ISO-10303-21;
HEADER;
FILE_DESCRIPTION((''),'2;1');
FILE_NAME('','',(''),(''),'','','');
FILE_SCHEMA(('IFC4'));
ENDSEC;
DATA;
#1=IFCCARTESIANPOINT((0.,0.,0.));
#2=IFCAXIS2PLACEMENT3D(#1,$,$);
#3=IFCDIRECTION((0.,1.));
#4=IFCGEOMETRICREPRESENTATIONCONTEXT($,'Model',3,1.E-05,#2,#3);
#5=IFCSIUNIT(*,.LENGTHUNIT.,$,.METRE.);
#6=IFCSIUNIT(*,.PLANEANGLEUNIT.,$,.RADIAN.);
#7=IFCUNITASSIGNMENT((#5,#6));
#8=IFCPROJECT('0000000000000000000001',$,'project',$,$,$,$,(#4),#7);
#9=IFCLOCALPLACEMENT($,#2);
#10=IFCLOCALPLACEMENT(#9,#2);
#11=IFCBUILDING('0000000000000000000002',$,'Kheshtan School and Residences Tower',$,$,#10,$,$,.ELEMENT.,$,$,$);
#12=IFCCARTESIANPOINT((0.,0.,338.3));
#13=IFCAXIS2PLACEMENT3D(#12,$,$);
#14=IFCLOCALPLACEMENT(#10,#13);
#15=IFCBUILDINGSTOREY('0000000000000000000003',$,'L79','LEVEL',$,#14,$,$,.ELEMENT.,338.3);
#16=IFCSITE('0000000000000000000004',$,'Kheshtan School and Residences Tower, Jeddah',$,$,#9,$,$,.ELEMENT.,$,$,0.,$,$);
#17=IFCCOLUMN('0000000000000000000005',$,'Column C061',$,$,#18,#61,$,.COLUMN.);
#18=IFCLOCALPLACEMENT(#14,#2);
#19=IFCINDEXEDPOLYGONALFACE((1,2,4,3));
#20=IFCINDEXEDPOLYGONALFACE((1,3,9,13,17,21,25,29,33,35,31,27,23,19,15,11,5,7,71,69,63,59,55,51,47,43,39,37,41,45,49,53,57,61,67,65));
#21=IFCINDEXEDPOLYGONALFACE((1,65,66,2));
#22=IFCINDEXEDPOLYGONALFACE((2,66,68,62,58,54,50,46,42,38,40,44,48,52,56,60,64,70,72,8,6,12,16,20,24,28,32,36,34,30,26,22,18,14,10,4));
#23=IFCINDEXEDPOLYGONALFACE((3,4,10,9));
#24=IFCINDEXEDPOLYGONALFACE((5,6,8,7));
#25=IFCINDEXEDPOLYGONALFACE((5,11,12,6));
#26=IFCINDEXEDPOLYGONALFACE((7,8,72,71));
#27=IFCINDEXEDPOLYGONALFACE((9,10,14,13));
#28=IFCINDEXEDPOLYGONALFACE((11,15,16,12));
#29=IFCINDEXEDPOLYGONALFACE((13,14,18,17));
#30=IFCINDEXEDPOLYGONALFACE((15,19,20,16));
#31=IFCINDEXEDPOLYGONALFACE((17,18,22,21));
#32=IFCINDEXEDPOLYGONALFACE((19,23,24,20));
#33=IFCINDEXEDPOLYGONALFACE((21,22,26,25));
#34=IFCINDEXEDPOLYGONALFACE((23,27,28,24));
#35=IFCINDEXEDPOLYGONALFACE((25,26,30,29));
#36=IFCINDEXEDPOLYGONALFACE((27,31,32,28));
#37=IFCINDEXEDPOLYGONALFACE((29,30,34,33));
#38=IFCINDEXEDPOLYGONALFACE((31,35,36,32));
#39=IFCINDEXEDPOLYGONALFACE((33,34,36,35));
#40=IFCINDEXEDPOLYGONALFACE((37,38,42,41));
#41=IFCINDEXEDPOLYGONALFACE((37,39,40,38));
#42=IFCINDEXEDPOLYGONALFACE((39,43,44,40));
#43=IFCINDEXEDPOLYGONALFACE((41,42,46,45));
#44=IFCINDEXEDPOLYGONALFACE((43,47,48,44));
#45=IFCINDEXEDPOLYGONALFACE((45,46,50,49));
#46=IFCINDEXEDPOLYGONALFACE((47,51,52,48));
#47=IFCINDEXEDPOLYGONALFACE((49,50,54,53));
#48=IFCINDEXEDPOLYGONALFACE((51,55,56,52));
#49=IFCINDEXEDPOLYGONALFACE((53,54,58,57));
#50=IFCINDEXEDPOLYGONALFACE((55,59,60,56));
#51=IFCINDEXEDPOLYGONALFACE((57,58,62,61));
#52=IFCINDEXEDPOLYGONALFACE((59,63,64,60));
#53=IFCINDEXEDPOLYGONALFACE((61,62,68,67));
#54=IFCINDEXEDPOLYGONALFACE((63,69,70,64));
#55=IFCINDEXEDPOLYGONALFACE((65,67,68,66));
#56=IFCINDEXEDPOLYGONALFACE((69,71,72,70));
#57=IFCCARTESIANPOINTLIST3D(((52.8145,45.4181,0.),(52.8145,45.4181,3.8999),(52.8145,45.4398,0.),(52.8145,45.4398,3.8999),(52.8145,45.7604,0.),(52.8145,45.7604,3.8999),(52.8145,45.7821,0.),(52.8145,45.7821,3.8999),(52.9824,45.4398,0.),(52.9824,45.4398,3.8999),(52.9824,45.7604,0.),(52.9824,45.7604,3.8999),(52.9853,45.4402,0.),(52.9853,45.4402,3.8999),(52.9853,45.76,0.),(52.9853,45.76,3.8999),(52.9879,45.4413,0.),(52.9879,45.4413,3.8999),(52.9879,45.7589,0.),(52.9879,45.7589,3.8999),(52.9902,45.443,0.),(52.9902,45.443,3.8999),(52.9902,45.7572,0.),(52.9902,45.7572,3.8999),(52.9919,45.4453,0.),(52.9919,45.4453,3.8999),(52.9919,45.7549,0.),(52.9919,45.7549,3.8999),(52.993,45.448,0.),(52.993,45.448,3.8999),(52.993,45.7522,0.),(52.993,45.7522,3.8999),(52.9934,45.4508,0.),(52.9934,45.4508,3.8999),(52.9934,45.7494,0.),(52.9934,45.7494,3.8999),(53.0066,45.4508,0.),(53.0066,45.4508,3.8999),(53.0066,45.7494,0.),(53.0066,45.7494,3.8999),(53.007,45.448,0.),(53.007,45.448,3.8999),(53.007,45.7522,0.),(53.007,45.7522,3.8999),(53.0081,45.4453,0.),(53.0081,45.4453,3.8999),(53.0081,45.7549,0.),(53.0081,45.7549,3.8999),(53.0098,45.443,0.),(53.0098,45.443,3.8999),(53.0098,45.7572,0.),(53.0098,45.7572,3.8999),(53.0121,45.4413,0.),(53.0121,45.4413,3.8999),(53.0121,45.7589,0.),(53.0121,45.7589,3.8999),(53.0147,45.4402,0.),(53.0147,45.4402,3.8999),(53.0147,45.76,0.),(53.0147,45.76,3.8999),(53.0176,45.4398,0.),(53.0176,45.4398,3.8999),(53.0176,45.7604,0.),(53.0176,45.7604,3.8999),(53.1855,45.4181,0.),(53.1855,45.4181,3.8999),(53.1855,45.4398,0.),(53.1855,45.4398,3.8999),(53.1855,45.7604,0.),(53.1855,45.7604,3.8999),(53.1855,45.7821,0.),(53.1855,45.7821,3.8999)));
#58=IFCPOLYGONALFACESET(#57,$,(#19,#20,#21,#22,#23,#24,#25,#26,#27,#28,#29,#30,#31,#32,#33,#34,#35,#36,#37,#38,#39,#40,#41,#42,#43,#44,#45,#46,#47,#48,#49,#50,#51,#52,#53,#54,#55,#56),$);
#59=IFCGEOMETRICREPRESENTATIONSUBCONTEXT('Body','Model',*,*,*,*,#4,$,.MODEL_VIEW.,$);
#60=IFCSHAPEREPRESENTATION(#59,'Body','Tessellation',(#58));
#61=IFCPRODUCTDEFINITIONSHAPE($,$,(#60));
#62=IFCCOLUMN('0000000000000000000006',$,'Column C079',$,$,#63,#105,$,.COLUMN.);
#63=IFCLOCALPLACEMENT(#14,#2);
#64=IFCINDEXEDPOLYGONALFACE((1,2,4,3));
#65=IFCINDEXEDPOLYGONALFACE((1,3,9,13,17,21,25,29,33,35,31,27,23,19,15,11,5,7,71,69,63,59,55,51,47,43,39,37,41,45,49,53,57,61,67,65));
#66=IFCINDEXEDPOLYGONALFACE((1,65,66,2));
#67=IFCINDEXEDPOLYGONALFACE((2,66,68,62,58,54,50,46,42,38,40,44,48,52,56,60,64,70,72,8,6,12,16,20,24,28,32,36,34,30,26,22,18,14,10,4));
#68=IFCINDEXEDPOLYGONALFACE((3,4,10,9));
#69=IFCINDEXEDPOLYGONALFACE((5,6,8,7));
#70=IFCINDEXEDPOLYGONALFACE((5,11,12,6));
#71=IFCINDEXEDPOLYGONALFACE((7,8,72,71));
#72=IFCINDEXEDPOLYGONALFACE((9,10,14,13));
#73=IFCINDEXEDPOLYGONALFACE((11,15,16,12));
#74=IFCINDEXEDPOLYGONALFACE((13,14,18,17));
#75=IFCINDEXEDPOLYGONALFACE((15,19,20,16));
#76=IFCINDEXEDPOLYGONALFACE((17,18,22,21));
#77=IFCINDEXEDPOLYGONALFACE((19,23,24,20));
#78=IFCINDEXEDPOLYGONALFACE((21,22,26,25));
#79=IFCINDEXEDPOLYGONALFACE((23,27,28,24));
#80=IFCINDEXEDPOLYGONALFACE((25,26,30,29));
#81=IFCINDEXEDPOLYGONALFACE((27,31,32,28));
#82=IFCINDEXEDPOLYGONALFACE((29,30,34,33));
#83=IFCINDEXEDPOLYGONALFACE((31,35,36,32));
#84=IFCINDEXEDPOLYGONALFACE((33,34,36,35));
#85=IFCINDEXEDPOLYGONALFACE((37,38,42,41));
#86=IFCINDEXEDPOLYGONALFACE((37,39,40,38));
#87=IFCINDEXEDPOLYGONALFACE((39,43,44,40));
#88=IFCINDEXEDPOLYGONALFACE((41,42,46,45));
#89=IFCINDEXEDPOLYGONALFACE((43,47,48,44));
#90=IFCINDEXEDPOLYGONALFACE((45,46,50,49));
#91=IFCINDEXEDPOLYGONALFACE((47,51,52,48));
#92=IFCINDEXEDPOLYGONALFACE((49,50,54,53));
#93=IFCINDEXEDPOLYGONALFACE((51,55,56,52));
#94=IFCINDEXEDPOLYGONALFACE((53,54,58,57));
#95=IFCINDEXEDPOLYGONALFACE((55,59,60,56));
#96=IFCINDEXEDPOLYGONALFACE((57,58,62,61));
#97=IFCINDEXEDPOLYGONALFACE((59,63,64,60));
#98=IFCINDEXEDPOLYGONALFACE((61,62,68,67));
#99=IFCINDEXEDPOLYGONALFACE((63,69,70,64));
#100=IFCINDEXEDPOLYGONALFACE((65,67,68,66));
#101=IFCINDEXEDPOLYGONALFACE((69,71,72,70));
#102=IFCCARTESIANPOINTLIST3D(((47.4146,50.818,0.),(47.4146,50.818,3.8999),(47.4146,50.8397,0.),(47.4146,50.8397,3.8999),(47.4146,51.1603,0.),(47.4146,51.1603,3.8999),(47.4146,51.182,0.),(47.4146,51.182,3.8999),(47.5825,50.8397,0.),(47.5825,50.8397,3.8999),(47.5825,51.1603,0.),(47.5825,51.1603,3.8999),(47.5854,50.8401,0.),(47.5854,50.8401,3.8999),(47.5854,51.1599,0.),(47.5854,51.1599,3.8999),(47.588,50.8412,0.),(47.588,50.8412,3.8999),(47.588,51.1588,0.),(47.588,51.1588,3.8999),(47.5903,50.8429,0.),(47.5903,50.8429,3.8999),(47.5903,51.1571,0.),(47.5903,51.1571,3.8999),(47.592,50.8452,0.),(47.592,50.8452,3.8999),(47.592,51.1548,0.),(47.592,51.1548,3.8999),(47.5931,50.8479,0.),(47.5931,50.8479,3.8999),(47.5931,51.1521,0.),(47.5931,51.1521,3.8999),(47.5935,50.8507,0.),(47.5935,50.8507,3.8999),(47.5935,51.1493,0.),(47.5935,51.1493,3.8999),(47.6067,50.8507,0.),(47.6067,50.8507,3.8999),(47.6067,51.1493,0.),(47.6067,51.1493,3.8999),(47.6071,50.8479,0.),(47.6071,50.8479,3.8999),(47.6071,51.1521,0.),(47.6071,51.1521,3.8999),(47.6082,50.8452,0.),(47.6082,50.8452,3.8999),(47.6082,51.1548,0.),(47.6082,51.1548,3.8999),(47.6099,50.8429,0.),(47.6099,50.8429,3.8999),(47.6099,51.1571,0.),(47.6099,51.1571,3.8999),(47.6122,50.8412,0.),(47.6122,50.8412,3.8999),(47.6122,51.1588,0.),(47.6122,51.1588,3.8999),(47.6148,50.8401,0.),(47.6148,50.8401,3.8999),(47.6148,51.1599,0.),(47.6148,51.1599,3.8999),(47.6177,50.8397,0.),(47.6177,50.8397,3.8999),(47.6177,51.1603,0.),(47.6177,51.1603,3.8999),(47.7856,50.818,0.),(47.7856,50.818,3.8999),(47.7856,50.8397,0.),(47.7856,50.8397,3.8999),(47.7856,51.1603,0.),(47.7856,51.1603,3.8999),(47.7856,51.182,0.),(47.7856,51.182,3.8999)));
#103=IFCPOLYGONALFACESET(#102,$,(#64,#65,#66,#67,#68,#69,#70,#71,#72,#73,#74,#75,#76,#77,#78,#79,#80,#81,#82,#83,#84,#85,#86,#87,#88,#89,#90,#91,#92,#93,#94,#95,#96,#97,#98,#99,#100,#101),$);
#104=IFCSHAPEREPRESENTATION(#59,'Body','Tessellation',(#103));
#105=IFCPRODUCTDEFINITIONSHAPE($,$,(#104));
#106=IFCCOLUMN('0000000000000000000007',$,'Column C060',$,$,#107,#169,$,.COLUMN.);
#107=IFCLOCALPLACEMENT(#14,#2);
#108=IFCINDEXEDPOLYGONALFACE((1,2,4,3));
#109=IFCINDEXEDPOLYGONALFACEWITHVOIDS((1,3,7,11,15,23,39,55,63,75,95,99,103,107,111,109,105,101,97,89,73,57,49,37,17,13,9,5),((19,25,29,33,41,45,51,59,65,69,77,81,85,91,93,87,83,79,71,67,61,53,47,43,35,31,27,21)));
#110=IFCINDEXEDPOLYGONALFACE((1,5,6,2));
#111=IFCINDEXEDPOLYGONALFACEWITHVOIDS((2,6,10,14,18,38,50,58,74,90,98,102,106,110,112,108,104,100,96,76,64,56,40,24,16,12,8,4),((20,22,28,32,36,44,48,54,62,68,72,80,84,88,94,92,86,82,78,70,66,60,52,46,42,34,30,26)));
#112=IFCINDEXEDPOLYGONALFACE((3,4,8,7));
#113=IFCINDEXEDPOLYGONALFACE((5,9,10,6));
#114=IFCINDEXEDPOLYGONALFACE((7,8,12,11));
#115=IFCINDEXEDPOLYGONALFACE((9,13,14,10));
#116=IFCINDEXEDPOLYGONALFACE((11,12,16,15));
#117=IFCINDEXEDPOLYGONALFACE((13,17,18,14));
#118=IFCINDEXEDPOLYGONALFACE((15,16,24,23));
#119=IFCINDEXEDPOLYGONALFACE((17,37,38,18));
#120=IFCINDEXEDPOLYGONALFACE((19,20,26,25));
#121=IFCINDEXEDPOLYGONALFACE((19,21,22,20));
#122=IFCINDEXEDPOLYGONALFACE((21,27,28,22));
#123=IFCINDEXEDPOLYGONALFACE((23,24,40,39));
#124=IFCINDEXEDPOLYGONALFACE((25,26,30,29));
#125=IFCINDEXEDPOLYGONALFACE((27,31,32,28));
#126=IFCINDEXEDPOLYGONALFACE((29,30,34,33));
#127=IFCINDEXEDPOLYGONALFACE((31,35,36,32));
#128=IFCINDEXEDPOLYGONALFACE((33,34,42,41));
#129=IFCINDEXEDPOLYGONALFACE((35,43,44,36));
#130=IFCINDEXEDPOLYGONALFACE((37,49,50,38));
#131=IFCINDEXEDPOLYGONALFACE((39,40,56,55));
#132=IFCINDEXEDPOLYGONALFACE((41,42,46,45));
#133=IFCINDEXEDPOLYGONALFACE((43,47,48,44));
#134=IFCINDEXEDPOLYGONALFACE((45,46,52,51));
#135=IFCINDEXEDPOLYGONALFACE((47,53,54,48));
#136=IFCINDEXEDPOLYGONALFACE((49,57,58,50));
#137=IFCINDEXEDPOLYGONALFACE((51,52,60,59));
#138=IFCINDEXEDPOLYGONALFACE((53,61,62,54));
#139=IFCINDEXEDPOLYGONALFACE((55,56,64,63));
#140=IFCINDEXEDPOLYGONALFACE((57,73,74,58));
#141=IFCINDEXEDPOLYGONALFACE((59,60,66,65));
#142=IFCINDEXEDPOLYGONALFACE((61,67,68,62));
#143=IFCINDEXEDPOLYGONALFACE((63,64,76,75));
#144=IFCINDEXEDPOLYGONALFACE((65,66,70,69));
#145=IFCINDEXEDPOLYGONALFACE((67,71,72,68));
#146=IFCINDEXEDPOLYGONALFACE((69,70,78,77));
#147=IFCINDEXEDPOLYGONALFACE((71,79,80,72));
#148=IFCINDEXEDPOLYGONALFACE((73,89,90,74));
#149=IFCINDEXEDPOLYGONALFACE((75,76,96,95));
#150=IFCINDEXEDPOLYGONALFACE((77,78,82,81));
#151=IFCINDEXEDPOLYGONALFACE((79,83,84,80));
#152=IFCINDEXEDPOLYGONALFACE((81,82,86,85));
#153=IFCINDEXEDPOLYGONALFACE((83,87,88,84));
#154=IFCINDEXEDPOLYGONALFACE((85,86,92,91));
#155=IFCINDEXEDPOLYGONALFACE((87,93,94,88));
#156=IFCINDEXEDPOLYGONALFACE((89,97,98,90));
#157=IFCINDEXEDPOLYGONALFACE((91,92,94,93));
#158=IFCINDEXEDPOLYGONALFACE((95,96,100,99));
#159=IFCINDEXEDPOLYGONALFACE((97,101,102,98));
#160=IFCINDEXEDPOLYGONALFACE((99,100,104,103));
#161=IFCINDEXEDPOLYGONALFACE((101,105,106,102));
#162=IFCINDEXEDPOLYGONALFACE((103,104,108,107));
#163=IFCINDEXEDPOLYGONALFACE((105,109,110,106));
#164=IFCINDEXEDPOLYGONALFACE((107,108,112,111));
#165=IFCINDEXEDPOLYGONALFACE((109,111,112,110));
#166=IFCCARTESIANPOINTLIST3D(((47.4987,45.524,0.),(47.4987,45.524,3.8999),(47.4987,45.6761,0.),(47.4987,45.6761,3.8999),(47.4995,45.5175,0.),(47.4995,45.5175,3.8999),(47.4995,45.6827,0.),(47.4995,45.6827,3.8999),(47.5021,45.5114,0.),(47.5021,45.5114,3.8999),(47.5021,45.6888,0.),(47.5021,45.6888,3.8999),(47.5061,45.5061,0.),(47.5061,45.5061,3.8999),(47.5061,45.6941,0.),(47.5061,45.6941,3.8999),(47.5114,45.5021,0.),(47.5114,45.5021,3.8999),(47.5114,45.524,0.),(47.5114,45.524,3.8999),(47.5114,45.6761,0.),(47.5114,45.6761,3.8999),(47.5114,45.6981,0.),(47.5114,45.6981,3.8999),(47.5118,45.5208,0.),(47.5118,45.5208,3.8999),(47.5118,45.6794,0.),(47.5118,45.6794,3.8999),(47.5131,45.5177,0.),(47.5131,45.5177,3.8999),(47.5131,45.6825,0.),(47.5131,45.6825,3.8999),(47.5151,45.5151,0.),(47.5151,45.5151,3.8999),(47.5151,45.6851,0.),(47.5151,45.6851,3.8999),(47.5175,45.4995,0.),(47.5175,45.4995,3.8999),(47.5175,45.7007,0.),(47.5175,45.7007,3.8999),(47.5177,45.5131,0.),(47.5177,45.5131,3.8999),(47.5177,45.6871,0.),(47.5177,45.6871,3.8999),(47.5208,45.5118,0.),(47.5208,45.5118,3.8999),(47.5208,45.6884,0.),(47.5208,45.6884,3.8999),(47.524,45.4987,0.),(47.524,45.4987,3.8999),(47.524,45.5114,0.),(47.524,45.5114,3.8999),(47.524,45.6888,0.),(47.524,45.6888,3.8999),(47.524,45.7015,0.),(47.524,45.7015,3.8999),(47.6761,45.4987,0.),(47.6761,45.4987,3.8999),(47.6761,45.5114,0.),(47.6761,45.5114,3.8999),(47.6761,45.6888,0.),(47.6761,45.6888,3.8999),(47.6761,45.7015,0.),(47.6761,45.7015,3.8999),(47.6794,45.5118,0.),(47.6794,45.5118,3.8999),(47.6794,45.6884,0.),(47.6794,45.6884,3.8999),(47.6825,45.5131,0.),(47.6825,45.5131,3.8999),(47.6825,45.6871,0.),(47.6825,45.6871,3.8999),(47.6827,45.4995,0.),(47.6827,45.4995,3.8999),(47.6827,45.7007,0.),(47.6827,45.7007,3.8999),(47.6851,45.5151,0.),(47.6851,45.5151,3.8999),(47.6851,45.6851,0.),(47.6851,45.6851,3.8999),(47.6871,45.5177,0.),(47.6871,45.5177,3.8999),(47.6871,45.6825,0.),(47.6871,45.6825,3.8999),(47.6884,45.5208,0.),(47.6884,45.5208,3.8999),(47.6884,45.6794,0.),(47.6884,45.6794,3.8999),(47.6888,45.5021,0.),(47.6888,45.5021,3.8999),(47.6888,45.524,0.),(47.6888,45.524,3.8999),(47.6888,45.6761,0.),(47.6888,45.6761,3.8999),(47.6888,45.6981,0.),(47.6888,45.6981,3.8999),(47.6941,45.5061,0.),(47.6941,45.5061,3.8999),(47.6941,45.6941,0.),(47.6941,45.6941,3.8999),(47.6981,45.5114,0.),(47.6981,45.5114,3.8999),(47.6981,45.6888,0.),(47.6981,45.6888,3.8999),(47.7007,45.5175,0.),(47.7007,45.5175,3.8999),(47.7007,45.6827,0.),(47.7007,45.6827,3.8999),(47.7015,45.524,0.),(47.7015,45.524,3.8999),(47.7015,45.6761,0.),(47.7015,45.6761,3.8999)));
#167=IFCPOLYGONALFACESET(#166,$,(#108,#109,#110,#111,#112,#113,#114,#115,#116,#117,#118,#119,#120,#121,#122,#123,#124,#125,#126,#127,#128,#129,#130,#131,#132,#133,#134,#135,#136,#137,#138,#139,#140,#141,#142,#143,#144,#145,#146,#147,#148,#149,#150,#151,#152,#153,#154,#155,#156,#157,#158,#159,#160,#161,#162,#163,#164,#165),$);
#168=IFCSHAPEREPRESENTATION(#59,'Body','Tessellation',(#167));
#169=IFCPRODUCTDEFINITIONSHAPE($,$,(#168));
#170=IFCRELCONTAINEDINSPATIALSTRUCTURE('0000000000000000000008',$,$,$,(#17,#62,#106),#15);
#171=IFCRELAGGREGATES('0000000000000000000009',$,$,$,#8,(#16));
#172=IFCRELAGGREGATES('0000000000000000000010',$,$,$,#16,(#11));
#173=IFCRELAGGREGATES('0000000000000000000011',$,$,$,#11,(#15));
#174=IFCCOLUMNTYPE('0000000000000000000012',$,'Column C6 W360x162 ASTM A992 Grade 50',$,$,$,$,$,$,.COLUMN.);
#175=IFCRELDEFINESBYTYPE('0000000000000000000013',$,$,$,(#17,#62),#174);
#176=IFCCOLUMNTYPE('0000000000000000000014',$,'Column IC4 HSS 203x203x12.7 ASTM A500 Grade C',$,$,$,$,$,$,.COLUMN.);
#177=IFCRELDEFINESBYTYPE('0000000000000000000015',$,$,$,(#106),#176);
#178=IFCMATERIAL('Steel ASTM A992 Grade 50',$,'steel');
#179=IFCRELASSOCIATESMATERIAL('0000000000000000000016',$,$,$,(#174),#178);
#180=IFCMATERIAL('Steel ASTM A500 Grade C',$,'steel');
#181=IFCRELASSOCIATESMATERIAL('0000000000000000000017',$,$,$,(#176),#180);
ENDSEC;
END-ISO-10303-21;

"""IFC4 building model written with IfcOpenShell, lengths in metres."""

from ifc_helpers import new_model, si_unit, direction, frame, origin, origin_2d, place, context, subcontext, project, spatial, hollow_rectangle, i_section, extrude, material, material_profile, profile_set, type_object, element, save


model = new_model("IFC4")

# Units and contexts
model_context = context("Model", 3, precision=1e-05, world=origin(), true_north=direction((0.0, 1.0)))
body_context = subcontext(model_context, "Body", "Model", "MODEL_VIEW")
ifc_project = project(units=[si_unit("LENGTHUNIT", "METRE"), si_unit("PLANEANGLEUNIT", "RADIAN")], contexts=[model_context])

# Site, building, storey
site_placement = place(None, origin())
site = spatial("IfcSite", under=ifc_project, at=site_placement, Name="Kheshtan School and Residences Tower, Jeddah", CompositionType="ELEMENT", RefElevation=0.0)
building_placement = place(site_placement, origin())
building = spatial("IfcBuilding", under=site, at=building_placement, Name="Kheshtan School and Residences Tower", CompositionType="ELEMENT")
storey_placement = place(building_placement, frame((0.0, 0.0, 338.3)))
storey = spatial("IfcBuildingStorey", under=building, at=storey_placement, Name="L79", Description="LEVEL", CompositionType="ELEMENT", Elevation=338.3)

# Columns
ifc_material_1 = material(Name="Steel ASTM A992 Grade 50", Category="steel")
ifc_material_profile_1 = material_profile(ifc_material_1, i_section(OverallWidth=0.3711, OverallDepth=0.364, WebThickness=0.0132, FlangeThickness=0.0217, FilletRadius=0.011, at=origin_2d()), Name="W360x162")
ifc_profile_set_1 = profile_set([ifc_material_profile_1], Name="Steel ASTM A992 Grade 50")
column_type_1 = type_object("IfcColumnType", Name="Column C6 W360x162 ASTM A992 Grade 50", PredefinedType="COLUMN", material=ifc_profile_set_1)
for number, where, z_axis, x_axis, name in (
    (1, (53.0, 45.6001, 0.0), (0.0, 0.0, 1.0), (1.0, 0.0, 0.0), "Column C061"),
    (2, (47.6001, 51.0, 0.0), (0.0, 0.0, 1.0), (1.0, 0.0, 0.0), "Column C079"),
):
    element("IfcColumn", number, at=place(storey_placement, frame(where, z_axis=z_axis, x_axis=x_axis)), inside=storey, type_object=column_type_1, Name=name, PredefinedType="COLUMN", context=body_context, shape_type="SweptSolid", body=[
        extrude(i_section(OverallWidth=0.3711, OverallDepth=0.364, WebThickness=0.0132, FlangeThickness=0.0217, FilletRadius=0.011, at=origin_2d()), origin(), (0.0, 0.0, 1.0), 3.8999),
    ])
ifc_material_2 = material(Name="Steel ASTM A500 Grade C", Category="steel")
ifc_material_profile_2 = material_profile(ifc_material_2, hollow_rectangle(XDim=0.2029, YDim=0.2029, WallThickness=0.0127, InnerFilletRadius=0.0127, OuterFilletRadius=0.0254, at=origin_2d()), Name="HSS 203x203x12.7")
ifc_profile_set_2 = profile_set([ifc_material_profile_2], Name="Steel ASTM A500 Grade C")
column_type_2 = type_object("IfcColumnType", Name="Column IC4 HSS 203x203x12.7 ASTM A500 Grade C", PredefinedType="COLUMN", material=ifc_profile_set_2)
column_placement = place(storey_placement, frame((47.6001, 45.6001, 0.0), z_axis=(0.0, 0.0, 1.0), x_axis=(1.0, 0.0, 0.0)))
element("IfcColumn", 3, at=column_placement, inside=storey, type_object=column_type_2, Name="Column C060", PredefinedType="COLUMN", context=body_context, shape_type="SweptSolid", body=[
    extrude(hollow_rectangle(XDim=0.2029, YDim=0.2029, WallThickness=0.0127, InnerFilletRadius=0.0127, OuterFilletRadius=0.0254, at=origin_2d()), origin(), (0.0, 0.0, 1.0), 3.8999),
])

save(model, "model.ifc")
